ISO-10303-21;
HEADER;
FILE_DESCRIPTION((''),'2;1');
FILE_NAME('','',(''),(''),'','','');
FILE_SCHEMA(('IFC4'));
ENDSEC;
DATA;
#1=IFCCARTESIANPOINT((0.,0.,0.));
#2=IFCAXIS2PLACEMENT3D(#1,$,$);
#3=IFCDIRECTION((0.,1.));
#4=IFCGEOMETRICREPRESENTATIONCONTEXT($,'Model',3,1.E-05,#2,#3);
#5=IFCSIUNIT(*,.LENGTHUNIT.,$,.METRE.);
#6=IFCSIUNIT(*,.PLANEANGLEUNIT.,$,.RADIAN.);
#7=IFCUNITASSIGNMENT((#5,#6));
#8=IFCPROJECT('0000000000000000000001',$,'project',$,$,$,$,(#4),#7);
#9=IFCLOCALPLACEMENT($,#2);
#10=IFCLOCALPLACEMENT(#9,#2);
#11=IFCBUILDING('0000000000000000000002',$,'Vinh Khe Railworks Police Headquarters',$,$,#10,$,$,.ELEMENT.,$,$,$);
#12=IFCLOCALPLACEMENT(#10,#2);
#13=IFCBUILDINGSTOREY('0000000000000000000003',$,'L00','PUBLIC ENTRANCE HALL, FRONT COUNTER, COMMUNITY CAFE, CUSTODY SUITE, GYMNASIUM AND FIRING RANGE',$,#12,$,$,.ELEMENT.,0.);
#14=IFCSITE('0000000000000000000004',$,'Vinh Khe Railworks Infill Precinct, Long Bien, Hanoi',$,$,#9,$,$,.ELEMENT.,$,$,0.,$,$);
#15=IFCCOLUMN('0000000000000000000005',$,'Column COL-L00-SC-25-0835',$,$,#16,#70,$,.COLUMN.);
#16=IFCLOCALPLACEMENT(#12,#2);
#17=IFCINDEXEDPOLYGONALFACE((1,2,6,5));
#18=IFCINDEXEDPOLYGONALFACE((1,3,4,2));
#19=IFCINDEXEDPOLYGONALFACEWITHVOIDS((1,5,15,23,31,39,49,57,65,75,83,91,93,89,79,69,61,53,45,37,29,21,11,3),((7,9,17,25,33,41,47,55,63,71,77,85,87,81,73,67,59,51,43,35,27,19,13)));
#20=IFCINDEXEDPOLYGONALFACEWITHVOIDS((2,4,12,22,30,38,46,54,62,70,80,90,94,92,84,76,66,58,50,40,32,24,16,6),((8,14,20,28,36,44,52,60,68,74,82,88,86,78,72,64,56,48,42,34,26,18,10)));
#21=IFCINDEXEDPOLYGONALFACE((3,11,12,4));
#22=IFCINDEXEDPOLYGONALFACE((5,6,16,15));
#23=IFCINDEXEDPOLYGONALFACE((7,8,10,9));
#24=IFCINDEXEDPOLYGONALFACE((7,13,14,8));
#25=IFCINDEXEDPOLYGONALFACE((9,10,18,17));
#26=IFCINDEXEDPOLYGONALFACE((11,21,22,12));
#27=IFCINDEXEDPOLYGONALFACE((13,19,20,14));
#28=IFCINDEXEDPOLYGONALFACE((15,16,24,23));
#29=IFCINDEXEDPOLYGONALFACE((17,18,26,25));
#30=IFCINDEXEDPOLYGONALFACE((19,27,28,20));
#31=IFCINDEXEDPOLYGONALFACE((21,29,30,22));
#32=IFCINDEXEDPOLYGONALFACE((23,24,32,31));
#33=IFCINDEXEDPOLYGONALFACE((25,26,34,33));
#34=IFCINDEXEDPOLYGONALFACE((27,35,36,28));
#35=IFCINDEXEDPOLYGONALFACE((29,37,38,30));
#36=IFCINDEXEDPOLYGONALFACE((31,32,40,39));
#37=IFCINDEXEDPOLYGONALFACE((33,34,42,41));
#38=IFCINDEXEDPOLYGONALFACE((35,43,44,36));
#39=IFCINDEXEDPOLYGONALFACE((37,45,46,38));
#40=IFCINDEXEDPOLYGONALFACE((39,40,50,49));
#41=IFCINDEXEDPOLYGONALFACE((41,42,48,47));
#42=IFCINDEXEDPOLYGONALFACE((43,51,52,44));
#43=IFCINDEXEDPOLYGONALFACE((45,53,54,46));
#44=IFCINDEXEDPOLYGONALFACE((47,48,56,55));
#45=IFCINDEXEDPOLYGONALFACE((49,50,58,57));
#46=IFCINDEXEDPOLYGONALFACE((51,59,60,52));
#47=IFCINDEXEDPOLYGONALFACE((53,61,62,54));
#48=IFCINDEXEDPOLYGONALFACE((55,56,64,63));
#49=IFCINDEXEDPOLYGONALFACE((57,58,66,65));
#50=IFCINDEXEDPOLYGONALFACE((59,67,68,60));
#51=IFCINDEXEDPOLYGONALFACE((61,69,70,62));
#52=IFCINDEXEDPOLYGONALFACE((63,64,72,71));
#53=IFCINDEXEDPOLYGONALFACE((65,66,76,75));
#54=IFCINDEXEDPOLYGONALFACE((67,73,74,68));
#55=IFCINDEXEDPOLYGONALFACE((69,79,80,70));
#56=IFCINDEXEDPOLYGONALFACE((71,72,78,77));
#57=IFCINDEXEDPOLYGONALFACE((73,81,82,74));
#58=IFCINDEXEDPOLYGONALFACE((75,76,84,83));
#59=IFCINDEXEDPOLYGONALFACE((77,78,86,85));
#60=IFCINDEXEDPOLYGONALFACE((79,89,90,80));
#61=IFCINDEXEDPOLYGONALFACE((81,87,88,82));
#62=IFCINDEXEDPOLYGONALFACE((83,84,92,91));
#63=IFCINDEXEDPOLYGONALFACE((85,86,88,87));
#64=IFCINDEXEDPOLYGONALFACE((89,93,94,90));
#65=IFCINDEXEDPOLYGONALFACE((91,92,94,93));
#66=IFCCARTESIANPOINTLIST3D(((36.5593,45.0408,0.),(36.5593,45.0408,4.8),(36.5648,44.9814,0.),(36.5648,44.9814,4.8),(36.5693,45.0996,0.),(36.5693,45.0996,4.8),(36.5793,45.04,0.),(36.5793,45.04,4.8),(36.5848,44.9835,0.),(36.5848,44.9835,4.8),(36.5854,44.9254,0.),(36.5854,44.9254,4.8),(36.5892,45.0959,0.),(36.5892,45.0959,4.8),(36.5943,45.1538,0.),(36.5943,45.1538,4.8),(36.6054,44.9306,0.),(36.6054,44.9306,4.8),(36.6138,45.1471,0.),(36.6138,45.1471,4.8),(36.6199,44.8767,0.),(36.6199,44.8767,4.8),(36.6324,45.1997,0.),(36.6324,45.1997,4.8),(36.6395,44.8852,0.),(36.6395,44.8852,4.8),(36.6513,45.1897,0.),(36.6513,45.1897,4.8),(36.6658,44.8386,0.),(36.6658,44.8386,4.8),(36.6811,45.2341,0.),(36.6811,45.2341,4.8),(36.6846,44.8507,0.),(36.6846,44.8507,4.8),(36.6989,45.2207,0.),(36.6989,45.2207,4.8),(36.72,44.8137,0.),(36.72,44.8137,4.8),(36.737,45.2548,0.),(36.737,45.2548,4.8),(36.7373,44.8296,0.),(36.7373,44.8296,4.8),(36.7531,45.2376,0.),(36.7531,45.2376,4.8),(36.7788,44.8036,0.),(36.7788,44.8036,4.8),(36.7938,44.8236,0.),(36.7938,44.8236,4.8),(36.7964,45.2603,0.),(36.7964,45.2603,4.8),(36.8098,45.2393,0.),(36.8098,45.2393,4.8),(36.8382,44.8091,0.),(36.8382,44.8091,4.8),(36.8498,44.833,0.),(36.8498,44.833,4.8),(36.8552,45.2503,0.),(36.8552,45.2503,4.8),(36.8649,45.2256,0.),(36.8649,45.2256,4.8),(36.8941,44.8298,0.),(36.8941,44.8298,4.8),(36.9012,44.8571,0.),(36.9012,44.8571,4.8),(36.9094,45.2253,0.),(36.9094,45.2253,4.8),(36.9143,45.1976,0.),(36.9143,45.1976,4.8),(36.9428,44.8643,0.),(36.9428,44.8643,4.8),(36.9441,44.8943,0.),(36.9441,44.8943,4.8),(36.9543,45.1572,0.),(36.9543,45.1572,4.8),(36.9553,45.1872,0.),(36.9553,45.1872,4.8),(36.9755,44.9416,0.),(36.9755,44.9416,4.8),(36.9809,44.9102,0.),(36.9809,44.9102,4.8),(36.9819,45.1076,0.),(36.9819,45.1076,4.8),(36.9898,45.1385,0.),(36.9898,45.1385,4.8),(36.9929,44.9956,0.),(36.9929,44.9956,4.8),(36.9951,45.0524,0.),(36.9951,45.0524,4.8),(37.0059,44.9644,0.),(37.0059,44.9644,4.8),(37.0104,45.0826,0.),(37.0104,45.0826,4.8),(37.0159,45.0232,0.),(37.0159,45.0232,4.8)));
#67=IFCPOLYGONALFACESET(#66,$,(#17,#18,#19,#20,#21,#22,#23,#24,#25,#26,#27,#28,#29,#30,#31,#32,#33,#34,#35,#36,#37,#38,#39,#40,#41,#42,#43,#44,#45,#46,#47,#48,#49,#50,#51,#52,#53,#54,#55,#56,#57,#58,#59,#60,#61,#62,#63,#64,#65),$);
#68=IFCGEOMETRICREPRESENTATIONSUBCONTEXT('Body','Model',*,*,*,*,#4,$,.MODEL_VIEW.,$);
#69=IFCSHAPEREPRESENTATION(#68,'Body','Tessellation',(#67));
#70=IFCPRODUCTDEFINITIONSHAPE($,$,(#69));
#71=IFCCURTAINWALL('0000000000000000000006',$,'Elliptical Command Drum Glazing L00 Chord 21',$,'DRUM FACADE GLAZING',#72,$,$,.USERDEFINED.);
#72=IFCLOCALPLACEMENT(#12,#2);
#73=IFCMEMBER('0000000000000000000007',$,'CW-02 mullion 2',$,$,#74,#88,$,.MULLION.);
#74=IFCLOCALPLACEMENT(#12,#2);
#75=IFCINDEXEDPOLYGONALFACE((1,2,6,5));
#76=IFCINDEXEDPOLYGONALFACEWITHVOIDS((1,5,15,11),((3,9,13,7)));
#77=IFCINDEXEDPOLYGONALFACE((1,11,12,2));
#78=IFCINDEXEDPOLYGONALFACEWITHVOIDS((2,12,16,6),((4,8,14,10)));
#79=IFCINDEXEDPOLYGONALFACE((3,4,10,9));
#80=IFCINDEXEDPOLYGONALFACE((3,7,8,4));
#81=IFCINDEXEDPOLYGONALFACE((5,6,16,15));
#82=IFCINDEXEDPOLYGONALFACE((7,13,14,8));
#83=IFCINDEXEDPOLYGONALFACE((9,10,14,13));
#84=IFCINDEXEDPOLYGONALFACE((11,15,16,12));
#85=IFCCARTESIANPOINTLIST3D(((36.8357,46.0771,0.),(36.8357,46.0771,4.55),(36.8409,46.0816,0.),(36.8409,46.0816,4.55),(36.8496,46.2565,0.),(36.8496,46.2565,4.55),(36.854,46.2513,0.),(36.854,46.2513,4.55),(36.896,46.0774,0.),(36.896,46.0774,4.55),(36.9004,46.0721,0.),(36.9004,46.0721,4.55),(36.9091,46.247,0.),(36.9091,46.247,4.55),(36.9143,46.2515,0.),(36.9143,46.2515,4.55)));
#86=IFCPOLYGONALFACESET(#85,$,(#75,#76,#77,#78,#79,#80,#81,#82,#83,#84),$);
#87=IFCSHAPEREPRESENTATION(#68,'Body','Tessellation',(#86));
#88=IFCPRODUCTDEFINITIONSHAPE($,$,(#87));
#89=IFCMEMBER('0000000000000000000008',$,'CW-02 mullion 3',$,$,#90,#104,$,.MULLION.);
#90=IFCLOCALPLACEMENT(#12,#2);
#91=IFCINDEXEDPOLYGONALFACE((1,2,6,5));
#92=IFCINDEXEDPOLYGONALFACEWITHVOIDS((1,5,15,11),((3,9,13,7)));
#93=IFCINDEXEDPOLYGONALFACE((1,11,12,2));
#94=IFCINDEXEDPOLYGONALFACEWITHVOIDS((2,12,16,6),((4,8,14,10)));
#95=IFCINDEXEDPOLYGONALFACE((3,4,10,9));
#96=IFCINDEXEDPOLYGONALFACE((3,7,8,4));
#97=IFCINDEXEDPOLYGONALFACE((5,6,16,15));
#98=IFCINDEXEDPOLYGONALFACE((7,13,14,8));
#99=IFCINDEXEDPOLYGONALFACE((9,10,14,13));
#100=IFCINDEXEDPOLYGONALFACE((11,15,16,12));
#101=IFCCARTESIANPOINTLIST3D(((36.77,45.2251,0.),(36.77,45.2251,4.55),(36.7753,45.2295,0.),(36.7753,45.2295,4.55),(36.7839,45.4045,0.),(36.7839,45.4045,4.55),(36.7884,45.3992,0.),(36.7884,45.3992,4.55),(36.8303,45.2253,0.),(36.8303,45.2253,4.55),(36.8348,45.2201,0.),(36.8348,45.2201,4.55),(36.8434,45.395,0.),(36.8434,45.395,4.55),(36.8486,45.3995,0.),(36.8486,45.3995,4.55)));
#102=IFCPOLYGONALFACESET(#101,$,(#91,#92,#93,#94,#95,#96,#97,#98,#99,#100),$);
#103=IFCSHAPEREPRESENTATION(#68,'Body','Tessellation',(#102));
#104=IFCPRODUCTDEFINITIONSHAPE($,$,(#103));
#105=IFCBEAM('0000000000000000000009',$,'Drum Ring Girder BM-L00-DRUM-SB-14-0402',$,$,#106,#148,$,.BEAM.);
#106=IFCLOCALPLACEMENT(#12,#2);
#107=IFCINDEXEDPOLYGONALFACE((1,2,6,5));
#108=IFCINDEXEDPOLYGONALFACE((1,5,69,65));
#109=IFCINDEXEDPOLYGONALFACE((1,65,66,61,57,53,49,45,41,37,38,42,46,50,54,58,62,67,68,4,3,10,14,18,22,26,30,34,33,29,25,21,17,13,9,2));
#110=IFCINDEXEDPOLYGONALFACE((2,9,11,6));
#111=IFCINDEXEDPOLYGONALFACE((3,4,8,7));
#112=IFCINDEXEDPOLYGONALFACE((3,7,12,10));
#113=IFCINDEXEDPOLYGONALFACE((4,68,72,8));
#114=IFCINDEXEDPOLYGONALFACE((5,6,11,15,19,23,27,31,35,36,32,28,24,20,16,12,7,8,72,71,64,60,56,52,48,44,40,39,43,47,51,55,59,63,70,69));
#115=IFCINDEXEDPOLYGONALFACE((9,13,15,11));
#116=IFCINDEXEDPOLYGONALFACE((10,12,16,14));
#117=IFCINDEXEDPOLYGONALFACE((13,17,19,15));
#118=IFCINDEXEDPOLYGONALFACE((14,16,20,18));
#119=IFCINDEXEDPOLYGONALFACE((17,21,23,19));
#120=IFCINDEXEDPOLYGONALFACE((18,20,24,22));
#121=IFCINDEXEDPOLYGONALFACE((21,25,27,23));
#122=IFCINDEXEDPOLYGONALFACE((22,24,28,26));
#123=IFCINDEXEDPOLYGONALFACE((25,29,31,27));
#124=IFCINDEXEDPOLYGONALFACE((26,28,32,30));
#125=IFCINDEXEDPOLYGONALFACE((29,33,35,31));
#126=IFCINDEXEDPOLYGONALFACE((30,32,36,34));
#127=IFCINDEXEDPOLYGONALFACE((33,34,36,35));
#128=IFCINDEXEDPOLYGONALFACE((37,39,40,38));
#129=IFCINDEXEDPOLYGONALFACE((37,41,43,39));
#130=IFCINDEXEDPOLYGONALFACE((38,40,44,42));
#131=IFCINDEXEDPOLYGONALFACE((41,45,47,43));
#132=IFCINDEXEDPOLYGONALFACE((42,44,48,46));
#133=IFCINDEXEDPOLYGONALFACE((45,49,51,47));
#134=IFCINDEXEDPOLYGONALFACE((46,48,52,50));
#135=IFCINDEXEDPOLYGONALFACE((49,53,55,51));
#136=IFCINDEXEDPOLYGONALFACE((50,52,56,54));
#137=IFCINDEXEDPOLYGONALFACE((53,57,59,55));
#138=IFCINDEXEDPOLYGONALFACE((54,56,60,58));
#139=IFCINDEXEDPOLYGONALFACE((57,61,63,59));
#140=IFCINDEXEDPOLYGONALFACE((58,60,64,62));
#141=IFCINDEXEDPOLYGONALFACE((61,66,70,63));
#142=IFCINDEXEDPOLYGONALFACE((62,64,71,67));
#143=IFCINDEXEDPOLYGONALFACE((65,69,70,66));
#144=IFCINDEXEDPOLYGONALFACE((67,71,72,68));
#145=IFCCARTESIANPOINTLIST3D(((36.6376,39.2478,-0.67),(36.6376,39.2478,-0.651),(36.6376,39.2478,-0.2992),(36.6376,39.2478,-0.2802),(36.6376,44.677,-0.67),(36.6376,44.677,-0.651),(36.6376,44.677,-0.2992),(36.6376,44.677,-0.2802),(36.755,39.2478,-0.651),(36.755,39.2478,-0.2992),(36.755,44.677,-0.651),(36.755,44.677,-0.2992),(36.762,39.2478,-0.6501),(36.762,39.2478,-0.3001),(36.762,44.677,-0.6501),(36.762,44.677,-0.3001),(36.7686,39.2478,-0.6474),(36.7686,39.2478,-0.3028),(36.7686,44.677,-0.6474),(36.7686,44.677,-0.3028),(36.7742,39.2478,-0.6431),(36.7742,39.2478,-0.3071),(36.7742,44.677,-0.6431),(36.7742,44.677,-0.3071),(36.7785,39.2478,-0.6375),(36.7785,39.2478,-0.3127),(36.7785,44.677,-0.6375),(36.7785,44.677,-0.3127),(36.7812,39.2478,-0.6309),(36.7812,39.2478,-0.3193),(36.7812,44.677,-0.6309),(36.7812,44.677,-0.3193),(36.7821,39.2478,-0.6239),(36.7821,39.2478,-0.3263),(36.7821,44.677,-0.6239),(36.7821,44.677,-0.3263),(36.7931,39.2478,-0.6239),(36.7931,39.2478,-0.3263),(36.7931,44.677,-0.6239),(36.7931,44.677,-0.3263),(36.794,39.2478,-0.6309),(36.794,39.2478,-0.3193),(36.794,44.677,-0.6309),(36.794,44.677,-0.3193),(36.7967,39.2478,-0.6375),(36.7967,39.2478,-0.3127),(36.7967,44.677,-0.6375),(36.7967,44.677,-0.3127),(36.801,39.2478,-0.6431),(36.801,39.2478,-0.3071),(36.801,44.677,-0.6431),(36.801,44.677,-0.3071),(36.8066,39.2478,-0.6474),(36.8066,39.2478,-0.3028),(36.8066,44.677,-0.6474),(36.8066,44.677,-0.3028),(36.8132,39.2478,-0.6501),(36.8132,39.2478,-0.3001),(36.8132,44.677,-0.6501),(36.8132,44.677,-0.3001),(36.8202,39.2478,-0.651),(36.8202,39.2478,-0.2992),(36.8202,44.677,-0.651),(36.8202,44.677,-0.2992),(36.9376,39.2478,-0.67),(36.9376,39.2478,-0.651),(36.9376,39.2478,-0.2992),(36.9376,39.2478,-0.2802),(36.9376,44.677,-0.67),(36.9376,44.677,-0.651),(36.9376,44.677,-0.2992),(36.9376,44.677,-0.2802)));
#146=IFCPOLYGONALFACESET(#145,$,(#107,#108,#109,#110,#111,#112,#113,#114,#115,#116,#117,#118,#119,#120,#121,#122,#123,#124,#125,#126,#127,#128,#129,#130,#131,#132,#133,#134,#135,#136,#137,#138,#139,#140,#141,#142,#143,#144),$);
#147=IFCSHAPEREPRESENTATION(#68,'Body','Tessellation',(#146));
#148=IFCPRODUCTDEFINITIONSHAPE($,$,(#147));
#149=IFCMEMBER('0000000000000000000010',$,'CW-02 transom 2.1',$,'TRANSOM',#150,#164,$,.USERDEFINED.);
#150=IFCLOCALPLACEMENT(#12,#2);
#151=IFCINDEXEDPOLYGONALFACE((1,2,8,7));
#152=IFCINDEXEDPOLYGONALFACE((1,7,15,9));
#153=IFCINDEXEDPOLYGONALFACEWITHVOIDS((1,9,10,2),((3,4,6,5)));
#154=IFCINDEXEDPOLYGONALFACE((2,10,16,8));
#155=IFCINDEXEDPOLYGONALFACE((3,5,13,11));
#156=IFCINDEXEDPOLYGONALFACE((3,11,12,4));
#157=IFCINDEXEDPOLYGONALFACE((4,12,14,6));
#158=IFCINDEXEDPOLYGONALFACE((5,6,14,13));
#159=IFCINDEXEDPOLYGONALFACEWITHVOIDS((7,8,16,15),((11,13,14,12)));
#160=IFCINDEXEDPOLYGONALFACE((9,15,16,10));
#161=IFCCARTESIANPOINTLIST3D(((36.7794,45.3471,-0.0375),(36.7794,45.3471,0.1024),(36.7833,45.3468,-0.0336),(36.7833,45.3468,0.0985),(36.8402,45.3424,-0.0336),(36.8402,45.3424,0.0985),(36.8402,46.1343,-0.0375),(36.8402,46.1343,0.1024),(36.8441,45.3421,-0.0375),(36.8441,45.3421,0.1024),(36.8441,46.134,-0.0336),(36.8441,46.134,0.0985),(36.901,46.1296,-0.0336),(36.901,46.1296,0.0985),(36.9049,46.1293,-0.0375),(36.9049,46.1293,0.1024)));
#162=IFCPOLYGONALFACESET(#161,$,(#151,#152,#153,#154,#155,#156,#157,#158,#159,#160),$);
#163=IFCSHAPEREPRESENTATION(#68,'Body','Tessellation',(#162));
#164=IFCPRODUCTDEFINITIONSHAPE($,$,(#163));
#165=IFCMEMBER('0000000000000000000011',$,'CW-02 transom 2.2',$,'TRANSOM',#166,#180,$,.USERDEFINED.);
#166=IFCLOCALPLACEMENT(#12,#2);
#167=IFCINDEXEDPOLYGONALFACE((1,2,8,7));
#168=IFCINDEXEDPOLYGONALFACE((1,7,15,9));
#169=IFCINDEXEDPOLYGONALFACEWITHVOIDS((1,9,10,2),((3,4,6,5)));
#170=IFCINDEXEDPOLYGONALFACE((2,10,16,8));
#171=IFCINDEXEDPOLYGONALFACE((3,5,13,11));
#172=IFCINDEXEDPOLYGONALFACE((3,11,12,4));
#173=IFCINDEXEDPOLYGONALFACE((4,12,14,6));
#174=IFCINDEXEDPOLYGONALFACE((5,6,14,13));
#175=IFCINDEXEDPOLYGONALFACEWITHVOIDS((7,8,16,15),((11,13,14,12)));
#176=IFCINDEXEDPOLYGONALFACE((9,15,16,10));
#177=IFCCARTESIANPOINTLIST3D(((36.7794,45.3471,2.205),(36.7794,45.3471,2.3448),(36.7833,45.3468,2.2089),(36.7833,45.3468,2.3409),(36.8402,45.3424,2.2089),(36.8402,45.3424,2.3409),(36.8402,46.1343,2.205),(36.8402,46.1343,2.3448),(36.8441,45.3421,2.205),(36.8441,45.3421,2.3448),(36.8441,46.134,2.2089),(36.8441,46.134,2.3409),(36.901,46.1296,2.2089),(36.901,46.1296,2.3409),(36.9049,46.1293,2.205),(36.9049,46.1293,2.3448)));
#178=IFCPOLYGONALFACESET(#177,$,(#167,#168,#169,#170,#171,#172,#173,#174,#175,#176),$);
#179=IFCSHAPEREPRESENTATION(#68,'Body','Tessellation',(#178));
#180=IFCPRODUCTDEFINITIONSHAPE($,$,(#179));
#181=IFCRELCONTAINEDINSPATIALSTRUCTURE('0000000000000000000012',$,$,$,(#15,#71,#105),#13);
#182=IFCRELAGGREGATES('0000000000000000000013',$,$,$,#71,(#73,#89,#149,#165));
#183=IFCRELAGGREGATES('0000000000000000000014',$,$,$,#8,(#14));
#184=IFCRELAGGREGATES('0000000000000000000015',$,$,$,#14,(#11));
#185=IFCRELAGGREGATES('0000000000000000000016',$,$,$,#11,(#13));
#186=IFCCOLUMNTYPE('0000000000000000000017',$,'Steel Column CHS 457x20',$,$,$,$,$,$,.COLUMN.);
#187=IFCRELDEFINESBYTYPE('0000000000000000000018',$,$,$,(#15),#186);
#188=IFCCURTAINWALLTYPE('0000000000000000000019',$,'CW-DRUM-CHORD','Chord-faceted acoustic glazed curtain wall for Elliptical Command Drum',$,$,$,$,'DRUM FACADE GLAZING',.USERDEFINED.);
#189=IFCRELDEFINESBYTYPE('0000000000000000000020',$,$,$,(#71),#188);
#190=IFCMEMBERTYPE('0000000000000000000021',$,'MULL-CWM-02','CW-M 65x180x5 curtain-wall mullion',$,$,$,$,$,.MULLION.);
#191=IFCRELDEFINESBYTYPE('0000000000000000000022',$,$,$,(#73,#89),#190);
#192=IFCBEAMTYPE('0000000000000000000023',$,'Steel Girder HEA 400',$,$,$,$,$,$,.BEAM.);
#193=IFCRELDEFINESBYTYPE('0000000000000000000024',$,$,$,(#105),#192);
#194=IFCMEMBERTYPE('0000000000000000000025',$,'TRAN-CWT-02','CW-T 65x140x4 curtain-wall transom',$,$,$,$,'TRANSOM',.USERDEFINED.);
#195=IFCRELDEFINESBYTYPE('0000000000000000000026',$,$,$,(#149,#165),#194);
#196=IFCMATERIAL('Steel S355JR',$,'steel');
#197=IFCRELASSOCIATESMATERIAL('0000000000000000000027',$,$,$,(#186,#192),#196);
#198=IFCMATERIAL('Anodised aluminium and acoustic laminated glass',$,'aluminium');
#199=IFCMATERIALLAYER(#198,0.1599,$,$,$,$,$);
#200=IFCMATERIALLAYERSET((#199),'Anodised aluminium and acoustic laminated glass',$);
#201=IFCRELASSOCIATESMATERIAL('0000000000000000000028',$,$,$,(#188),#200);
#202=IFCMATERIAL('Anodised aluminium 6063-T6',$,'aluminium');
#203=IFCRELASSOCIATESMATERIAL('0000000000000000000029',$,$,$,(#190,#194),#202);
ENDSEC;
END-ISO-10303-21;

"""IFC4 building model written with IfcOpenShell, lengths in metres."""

from ifc_helpers import new_model, si_unit, direction, frame, origin, origin_2d, place, context, subcontext, project, spatial, hollow_rectangle, hollow_circle, i_section, extrude, material, layer, layer_set, material_profile, profile_set, type_object, element, aggregate, save


model = new_model("IFC4")

# Units and contexts
model_context = context("Model", 3, precision=1e-05, world=origin(), true_north=direction((0.0, 1.0)))
body_context = subcontext(model_context, "Body", "Model", "MODEL_VIEW")
ifc_project = project(units=[si_unit("LENGTHUNIT", "METRE"), si_unit("PLANEANGLEUNIT", "RADIAN")], contexts=[model_context])

# Site, building, storey
site_placement = place(None, origin())
site = spatial("IfcSite", under=ifc_project, at=site_placement, Name="Vinh Khe Railworks Infill Precinct, Long Bien, Hanoi", CompositionType="ELEMENT", RefElevation=0.0)
building_placement = place(site_placement, origin())
building = spatial("IfcBuilding", under=site, at=building_placement, Name="Vinh Khe Railworks Police Headquarters", CompositionType="ELEMENT")
storey_placement = place(building_placement, origin())
storey = spatial("IfcBuildingStorey", under=building, at=storey_placement, Name="L00", Description="PUBLIC ENTRANCE HALL, FRONT COUNTER, COMMUNITY CAFE, CUSTODY SUITE, GYMNASIUM AND FIRING RANGE", CompositionType="ELEMENT", Elevation=0.0)

# Column
ifc_material_1 = material(Name="Steel S355JR", Category="steel")
ifc_material_profile_1 = material_profile(ifc_material_1, hollow_circle(Radius=0.2285, WallThickness=0.02, at=origin_2d()), Name="CHS 457x20")
ifc_profile_set_1 = profile_set([ifc_material_profile_1], Name="Steel S355JR")
column_type = type_object("IfcColumnType", Name="Steel Column CHS 457x20", PredefinedType="COLUMN", material=ifc_profile_set_1)
column_placement = place(storey_placement, frame((36.7876, 45.032, 0.0), z_axis=(0.0, 0.0, 1.0), x_axis=(-0.999256, 0.038562, 0.0)))
element("IfcColumn", 1, at=column_placement, inside=storey, type_object=column_type, Name="Column COL-L00-SC-25-0835", PredefinedType="COLUMN", context=body_context, shape_type="SweptSolid", body=[
    extrude(hollow_circle(Radius=0.2285, WallThickness=0.02, at=origin_2d()), origin(), (0.0, 0.0, 1.0), 4.8),
])

# Curtain wall, members
ifc_material_2 = material(Name="Anodised aluminium and acoustic laminated glass", Category="aluminium")
ifc_layer_1 = layer(ifc_material_2, 0.1599)
ifc_layer_set_1 = layer_set([ifc_layer_1], Name="Anodised aluminium and acoustic laminated glass")
curtain_wall_type = type_object("IfcCurtainWallType", Name="CW-DRUM-CHORD", Description="Chord-faceted acoustic glazed curtain wall for Elliptical Command Drum", ElementType="DRUM FACADE GLAZING", PredefinedType="USERDEFINED", material=ifc_layer_set_1)
curtain_wall_placement = place(storey_placement, origin())
curtain_wall = element("IfcCurtainWall", 2, at=curtain_wall_placement, inside=storey, type_object=curtain_wall_type, Name="Elliptical Command Drum Glazing L00 Chord 21", ObjectType="DRUM FACADE GLAZING", PredefinedType="USERDEFINED")
ifc_material_3 = material(Name="Anodised aluminium 6063-T6", Category="aluminium")
ifc_material_profile_2 = material_profile(ifc_material_3, hollow_rectangle(XDim=0.0649, YDim=0.1799, WallThickness=0.0049, at=origin_2d()), Name="CW-M 65x180x5")
ifc_profile_set_2 = profile_set([ifc_material_profile_2], Name="Anodised aluminium 6063-T6")
member_type_1 = type_object("IfcMemberType", Name="MULL-CWM-02", Description="CW-M 65x180x5 curtain-wall mullion", PredefinedType="MULLION", material=ifc_profile_set_2)
member_1_placement = place(storey_placement, frame((36.875, 46.1643, 0.0), z_axis=(0.0, 0.0, 1.0), x_axis=(0.997033, -0.07697, 0.0)))
member_1 = element("IfcMember", 3, at=member_1_placement, type_object=member_type_1, Name="CW-02 mullion 2", PredefinedType="MULLION", context=body_context, shape_type="SweptSolid", body=[
    extrude(hollow_rectangle(XDim=0.0649, YDim=0.1799, WallThickness=0.0049, at=origin_2d()), origin(), (0.0, 0.0, 1.0), 4.55),
])
member_2_placement = place(storey_placement, frame((36.8093, 45.3123, 0.0), z_axis=(0.0, 0.0, 1.0), x_axis=(0.997033, -0.07697, 0.0)))
member_2 = element("IfcMember", 4, at=member_2_placement, type_object=member_type_1, Name="CW-02 mullion 3", PredefinedType="MULLION", context=body_context, shape_type="SweptSolid", body=[
    extrude(hollow_rectangle(XDim=0.0649, YDim=0.1799, WallThickness=0.0049, at=origin_2d()), origin(), (0.0, 0.0, 1.0), 4.55),
])

# Beam
ifc_material_profile_3 = material_profile(ifc_material_1, i_section(OverallWidth=0.3, OverallDepth=0.3899, WebThickness=0.011, FlangeThickness=0.019, FilletRadius=0.0271, at=origin_2d()), Name="HEA 400")
ifc_profile_set_3 = profile_set([ifc_material_profile_3], Name="Steel S355JR")
beam_type = type_object("IfcBeamType", Name="Steel Girder HEA 400", PredefinedType="BEAM", material=ifc_profile_set_3)
beam_placement = place(storey_placement, frame((36.7876, 44.677, -0.4751), z_axis=(0.0, -1.0, 0.0), x_axis=(1.0, 0.0, 0.0)))
element("IfcBeam", 5, at=beam_placement, inside=storey, type_object=beam_type, Name="Drum Ring Girder BM-L00-DRUM-SB-14-0402", PredefinedType="BEAM", context=body_context, shape_type="SweptSolid", body=[
    extrude(i_section(OverallWidth=0.3, OverallDepth=0.3899, WebThickness=0.011, FlangeThickness=0.019, FilletRadius=0.0271, at=origin_2d()), origin(), (0.0, 0.0, 1.0), 5.4292),
])

# Members
ifc_material_profile_4 = material_profile(ifc_material_3, hollow_rectangle(XDim=0.0649, YDim=0.1399, WallThickness=0.0039, at=origin_2d()), Name="CW-T 65x140x4")
ifc_profile_set_4 = profile_set([ifc_material_profile_4], Name="Anodised aluminium 6063-T6")
member_type_2 = type_object("IfcMemberType", Name="TRAN-CWT-02", Description="CW-T 65x140x4 curtain-wall transom", ElementType="TRANSOM", PredefinedType="USERDEFINED", material=ifc_profile_set_4)
member_3_placement = place(storey_placement, frame((36.8726, 46.1318, 0.0325), z_axis=(-0.077004, -0.997031, 0.0), x_axis=(0.997031, -0.077004, 0.0)))
member_3 = element("IfcMember", 6, at=member_3_placement, type_object=member_type_2, Name="CW-02 transom 2.1", ObjectType="TRANSOM", PredefinedType="USERDEFINED", context=body_context, shape_type="SweptSolid", body=[
    extrude(hollow_rectangle(XDim=0.0649, YDim=0.1399, WallThickness=0.0039, at=origin_2d()), origin(), (0.0, 0.0, 1.0), 0.7896),
])
member_4_placement = place(storey_placement, frame((36.8726, 46.1318, 2.2749), z_axis=(-0.077004, -0.997031, 0.0), x_axis=(0.997031, -0.077004, 0.0)))
member_4 = element("IfcMember", 7, at=member_4_placement, type_object=member_type_2, Name="CW-02 transom 2.2", ObjectType="TRANSOM", PredefinedType="USERDEFINED", context=body_context, shape_type="SweptSolid", body=[
    extrude(hollow_rectangle(XDim=0.0649, YDim=0.1399, WallThickness=0.0039, at=origin_2d()), origin(), (0.0, 0.0, 1.0), 0.7896),
])

aggregate(curtain_wall, [member_1, member_2, member_3, member_4])

save(model, "model.ifc")
